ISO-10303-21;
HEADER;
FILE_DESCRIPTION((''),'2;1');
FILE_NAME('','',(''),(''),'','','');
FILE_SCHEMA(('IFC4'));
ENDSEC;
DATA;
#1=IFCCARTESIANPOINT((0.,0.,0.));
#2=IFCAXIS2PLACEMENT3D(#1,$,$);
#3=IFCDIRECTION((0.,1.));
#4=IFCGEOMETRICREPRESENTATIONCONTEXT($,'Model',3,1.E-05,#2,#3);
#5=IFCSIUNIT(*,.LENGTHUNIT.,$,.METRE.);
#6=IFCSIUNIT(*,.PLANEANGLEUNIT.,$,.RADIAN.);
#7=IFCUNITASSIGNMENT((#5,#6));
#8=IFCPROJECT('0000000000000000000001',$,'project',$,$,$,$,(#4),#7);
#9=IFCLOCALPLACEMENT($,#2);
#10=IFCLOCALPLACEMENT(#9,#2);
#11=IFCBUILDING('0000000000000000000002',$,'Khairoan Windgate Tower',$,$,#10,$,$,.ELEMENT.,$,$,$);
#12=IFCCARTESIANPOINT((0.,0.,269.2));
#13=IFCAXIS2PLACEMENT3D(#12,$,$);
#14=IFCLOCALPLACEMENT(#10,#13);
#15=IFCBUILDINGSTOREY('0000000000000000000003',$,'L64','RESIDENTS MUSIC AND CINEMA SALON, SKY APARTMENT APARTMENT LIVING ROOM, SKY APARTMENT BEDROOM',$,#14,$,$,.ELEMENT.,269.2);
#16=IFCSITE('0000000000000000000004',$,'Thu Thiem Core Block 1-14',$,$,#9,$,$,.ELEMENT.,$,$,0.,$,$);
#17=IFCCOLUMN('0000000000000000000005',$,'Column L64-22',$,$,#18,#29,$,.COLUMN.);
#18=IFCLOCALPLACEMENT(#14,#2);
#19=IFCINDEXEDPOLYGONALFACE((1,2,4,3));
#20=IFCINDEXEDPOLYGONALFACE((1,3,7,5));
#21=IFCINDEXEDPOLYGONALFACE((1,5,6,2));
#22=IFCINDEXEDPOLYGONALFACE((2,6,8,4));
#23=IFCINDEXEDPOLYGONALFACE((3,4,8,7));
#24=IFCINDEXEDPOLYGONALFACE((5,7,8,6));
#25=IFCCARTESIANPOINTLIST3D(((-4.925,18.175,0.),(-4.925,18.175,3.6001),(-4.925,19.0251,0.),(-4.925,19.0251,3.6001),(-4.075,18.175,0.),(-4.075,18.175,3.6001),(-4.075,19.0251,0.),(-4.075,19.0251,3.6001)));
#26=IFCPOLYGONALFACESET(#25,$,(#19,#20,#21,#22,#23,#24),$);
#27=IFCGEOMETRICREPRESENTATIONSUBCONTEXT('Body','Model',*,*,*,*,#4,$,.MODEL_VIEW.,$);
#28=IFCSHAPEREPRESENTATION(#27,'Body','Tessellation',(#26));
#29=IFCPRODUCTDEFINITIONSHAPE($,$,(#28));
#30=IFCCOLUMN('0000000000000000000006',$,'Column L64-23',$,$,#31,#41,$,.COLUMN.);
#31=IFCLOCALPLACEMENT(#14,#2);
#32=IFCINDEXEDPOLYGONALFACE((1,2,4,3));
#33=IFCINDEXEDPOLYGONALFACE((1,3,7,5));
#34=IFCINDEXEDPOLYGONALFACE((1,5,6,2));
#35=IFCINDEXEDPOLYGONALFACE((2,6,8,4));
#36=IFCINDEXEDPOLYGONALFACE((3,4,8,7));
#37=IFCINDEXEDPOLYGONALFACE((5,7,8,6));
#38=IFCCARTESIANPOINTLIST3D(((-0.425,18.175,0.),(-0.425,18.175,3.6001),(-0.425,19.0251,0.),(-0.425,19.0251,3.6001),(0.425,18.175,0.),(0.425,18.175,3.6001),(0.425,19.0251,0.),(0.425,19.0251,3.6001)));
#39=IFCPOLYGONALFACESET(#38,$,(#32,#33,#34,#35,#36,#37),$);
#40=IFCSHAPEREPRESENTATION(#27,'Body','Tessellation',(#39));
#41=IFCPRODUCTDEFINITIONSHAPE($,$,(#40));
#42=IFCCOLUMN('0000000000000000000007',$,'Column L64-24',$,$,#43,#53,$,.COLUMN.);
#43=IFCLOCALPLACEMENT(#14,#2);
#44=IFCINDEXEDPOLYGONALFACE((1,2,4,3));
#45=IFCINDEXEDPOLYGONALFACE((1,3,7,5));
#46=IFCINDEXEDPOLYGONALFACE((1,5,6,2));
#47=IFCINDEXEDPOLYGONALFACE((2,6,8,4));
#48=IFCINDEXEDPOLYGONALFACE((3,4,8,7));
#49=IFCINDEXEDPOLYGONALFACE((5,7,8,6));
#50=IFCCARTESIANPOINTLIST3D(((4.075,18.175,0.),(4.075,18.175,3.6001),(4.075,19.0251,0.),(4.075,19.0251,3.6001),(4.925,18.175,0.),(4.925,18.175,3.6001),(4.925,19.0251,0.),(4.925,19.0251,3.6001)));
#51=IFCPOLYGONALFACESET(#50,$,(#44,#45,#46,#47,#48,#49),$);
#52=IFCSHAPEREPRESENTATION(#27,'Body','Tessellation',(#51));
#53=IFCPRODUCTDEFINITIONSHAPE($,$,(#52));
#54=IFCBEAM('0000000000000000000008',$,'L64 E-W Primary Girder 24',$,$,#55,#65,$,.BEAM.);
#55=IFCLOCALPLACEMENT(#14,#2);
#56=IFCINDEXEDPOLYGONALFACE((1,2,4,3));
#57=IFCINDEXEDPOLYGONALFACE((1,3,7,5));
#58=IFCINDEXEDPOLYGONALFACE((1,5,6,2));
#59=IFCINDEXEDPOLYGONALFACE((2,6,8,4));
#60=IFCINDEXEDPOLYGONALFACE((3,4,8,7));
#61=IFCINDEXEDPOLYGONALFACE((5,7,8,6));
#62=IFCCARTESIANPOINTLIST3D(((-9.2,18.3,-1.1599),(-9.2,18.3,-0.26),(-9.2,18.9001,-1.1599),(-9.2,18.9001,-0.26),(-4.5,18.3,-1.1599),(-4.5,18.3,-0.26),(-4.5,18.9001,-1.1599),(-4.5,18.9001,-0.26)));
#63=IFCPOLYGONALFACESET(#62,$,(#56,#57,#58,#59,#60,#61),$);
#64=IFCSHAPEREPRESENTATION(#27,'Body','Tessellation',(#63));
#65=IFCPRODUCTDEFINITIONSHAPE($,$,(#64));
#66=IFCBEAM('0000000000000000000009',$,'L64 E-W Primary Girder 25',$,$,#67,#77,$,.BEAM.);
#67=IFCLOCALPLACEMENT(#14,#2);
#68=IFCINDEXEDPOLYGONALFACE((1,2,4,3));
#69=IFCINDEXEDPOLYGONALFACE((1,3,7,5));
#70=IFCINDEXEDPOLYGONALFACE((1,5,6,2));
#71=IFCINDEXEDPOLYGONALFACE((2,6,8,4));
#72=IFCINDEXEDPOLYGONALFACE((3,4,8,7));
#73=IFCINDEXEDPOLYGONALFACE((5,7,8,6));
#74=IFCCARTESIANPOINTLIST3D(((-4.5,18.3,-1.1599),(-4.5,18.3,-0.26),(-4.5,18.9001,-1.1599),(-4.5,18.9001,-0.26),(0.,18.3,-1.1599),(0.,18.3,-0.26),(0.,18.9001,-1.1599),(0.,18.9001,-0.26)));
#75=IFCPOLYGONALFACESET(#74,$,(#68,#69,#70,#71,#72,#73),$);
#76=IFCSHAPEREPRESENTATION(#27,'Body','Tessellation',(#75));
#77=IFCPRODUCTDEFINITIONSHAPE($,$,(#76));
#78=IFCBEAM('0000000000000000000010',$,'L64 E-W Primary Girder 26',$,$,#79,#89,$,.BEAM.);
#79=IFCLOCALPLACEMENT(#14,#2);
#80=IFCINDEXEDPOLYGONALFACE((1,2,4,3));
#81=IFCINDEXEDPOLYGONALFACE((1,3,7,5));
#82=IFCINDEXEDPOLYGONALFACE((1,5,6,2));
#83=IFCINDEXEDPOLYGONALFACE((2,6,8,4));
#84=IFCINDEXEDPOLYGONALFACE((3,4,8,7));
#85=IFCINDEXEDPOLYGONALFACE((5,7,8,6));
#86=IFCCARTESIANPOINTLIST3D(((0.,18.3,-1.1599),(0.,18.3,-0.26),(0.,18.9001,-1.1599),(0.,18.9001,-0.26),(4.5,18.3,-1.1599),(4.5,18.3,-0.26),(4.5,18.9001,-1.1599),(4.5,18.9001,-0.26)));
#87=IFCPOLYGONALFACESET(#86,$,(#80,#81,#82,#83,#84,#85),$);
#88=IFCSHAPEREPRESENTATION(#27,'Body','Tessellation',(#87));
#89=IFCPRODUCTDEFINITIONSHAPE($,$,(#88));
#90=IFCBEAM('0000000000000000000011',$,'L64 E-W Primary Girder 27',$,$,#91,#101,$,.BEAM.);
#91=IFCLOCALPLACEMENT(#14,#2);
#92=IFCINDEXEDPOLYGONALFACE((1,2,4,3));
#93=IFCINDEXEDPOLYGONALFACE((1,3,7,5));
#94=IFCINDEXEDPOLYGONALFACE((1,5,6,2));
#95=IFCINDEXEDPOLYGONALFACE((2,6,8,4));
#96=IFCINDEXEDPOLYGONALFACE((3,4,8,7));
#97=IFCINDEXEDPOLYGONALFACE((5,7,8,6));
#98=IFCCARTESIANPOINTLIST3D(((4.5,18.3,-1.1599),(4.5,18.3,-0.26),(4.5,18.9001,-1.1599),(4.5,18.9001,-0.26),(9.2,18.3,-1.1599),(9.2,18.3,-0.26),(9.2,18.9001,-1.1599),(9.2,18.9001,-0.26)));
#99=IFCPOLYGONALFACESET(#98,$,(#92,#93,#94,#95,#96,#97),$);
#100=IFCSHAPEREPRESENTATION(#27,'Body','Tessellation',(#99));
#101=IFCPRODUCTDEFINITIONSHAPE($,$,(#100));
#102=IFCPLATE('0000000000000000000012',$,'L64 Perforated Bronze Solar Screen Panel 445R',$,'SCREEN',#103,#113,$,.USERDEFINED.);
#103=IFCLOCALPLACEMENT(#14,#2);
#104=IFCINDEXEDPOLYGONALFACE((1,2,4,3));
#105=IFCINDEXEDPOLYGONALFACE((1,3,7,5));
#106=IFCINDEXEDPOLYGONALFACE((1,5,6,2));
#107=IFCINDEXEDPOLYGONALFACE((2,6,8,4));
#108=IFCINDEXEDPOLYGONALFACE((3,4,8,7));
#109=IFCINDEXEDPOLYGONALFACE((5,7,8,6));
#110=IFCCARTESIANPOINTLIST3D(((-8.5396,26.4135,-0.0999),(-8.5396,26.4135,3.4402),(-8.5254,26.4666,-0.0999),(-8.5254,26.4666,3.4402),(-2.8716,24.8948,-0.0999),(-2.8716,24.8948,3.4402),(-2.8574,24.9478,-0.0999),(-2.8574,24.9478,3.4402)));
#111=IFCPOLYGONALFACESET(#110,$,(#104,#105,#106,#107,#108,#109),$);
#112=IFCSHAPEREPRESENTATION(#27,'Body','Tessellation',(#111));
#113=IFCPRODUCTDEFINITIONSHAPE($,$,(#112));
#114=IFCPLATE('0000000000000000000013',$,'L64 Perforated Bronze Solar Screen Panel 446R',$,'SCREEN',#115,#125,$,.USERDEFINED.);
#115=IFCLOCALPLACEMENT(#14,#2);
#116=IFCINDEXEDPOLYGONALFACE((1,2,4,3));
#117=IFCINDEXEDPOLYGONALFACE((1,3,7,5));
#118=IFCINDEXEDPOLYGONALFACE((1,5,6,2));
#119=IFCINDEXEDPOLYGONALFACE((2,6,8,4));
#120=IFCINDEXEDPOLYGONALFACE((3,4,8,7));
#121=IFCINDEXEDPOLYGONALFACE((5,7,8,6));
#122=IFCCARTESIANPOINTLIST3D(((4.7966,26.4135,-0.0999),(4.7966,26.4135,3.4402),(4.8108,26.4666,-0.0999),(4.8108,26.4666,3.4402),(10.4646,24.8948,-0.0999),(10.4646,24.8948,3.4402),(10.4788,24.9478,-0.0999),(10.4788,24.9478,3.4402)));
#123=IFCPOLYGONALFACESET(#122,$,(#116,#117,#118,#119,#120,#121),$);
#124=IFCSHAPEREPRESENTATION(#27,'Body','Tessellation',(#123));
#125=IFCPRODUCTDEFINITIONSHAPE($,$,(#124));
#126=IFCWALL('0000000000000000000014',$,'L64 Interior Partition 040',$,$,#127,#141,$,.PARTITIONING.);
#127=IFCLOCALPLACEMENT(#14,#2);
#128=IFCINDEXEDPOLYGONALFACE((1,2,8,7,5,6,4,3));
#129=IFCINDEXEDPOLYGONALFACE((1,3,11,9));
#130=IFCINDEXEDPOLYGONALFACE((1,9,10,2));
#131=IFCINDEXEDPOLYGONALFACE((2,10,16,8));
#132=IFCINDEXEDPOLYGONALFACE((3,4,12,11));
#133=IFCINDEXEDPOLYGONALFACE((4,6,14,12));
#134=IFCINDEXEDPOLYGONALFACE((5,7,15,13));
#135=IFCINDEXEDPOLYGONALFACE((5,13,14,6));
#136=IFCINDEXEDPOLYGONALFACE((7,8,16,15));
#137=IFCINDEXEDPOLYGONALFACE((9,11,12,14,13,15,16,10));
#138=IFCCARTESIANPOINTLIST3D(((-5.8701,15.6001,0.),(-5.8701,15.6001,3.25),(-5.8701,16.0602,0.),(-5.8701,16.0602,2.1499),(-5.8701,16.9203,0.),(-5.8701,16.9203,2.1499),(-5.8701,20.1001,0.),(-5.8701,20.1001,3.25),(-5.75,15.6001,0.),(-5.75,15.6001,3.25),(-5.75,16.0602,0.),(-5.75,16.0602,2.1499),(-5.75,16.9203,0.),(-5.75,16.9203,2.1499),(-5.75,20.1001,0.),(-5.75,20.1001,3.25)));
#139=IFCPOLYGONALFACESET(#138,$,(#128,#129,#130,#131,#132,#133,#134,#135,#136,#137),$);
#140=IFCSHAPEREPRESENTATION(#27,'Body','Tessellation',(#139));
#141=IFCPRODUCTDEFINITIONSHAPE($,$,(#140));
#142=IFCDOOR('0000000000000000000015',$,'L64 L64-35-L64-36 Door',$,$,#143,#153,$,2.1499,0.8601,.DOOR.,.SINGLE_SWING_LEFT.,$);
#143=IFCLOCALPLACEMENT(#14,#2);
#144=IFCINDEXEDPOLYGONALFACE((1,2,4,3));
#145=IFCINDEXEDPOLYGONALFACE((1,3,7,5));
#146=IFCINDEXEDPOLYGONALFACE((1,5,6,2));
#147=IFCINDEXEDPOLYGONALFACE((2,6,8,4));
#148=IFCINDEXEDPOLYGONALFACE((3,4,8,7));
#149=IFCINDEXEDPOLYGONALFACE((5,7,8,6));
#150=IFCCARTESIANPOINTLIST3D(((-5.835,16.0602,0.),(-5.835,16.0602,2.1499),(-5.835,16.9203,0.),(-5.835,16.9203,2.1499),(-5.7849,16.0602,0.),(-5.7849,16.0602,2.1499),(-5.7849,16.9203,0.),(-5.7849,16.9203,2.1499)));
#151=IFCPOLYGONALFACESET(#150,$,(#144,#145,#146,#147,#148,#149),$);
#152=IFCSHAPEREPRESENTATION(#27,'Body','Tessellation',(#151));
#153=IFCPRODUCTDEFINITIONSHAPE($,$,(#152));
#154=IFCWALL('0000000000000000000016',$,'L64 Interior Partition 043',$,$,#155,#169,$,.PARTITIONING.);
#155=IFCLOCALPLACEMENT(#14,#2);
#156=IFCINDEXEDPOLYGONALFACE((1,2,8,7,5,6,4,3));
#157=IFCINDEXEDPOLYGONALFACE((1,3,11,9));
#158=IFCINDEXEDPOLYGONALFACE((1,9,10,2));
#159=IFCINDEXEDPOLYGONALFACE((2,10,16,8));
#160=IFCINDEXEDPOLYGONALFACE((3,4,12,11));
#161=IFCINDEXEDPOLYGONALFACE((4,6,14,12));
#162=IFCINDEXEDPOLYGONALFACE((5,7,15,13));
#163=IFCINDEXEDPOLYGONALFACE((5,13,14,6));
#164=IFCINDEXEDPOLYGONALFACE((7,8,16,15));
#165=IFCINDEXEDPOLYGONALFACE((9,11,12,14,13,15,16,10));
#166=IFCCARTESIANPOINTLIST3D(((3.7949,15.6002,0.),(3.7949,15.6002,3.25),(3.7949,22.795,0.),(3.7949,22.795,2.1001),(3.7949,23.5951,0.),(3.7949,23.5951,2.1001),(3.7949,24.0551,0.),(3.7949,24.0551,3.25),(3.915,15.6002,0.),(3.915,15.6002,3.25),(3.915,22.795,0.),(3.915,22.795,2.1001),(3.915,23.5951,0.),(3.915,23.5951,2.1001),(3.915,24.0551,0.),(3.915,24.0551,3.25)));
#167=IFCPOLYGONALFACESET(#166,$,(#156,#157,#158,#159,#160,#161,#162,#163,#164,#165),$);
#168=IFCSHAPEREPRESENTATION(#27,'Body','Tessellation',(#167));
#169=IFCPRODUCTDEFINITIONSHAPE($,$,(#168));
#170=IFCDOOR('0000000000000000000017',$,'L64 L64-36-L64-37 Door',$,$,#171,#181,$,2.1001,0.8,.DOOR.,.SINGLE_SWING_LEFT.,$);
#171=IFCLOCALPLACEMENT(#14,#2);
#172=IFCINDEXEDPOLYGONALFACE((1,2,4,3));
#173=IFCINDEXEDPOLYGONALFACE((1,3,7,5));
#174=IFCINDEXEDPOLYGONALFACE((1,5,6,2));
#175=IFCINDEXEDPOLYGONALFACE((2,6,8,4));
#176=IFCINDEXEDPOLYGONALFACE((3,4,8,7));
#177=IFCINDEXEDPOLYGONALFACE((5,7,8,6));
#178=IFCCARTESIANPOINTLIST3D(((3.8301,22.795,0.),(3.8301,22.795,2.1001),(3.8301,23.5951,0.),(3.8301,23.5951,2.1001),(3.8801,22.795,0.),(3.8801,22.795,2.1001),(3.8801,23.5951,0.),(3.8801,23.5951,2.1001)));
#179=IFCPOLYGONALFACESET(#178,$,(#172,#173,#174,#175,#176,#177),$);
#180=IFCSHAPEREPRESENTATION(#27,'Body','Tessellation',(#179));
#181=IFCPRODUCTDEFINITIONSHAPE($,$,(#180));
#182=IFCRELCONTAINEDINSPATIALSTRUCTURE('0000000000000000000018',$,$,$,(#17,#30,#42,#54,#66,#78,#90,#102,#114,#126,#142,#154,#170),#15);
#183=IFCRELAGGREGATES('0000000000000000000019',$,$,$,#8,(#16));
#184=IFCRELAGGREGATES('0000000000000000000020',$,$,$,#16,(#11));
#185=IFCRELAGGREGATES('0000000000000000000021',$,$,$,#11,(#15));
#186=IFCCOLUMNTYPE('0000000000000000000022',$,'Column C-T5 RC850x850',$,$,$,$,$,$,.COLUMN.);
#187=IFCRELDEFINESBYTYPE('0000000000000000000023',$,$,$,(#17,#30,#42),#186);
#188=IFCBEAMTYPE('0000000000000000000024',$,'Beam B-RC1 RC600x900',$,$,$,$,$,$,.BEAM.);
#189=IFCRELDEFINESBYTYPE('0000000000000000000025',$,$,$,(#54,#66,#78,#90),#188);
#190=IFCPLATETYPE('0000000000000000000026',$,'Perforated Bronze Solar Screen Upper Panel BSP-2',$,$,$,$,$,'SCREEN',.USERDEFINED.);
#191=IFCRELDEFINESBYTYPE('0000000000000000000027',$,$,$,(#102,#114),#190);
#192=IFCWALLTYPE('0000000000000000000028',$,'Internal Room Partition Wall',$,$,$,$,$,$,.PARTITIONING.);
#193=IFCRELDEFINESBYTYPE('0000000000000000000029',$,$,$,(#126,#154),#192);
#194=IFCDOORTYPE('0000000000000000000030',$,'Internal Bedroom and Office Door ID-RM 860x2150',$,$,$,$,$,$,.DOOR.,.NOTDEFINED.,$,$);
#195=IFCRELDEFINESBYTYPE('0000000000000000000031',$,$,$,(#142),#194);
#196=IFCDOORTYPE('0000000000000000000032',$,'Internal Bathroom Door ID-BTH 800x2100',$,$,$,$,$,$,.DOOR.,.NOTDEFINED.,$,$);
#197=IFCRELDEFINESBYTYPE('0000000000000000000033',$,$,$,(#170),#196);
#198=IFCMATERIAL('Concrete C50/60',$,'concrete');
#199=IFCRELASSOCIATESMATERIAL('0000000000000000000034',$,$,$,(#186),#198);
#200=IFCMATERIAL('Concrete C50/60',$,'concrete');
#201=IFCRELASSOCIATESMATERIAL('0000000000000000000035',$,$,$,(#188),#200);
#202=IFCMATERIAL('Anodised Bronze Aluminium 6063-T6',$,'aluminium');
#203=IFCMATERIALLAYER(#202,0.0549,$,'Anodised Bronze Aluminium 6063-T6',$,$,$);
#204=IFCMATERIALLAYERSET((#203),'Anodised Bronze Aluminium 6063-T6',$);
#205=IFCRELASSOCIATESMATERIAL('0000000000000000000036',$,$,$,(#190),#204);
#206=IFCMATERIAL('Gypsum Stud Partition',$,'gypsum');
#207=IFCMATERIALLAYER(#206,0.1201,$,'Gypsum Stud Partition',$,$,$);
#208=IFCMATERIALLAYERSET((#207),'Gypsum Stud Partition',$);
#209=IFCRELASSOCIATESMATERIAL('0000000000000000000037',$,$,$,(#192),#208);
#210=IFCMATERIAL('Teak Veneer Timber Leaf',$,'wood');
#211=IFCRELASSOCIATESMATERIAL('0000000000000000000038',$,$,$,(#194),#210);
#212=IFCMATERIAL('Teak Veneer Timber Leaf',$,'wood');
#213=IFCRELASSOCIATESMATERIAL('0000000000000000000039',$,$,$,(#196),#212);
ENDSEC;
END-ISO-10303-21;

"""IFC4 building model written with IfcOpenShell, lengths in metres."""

from ifc_helpers import new_model, si_unit, direction, frame, frame_2d, origin, origin_2d, place, context, subcontext, project, spatial, rectangle, extrude, material, layer, layer_set, material_profile, profile_set, type_object, element, fill, save


model = new_model("IFC4")

# Units and contexts
model_context = context("Model", 3, precision=1e-05, world=origin(), true_north=direction((0.0, 1.0)))
body_context = subcontext(model_context, "Body", "Model", "MODEL_VIEW")
ifc_project = project(units=[si_unit("LENGTHUNIT", "METRE"), si_unit("PLANEANGLEUNIT", "RADIAN")], contexts=[model_context])

# Site, building, storey
site_placement = place(None, origin())
site = spatial("IfcSite", under=ifc_project, at=site_placement, Name="Thu Thiem Core Block 1-14", CompositionType="ELEMENT", RefElevation=0.0)
building_placement = place(site_placement, origin())
building = spatial("IfcBuilding", under=site, at=building_placement, Name="Khairoan Windgate Tower", CompositionType="ELEMENT")
storey_placement = place(building_placement, frame((0.0, 0.0, 269.2)))
storey = spatial("IfcBuildingStorey", under=building, at=storey_placement, Name="L64", Description="RESIDENTS MUSIC AND CINEMA SALON, SKY APARTMENT APARTMENT LIVING ROOM, SKY APARTMENT BEDROOM", CompositionType="ELEMENT", Elevation=269.2)

# Columns
ifc_material_1 = material(Name="Concrete C50/60", Category="concrete")
ifc_material_profile_1 = material_profile(ifc_material_1, rectangle(XDim=0.8501, YDim=0.8501, at=origin_2d()))
ifc_profile_set_1 = profile_set([ifc_material_profile_1], Name="Concrete C50/60")
column_type = type_object("IfcColumnType", Name="Column C-T5 RC850x850", PredefinedType="COLUMN", material=ifc_profile_set_1)
for number, where, z_axis, x_axis, name in (
    (1, (-4.5, 18.6001, 0.0), (0.0, 0.0, 1.0), (1.0, 0.0, 0.0), "Column L64-22"),
    (2, (0.0, 18.6001, 0.0), (0.0, 0.0, 1.0), (1.0, 0.0, 0.0), "Column L64-23"),
    (3, (4.5, 18.6001, 0.0), (0.0, 0.0, 1.0), (1.0, 0.0, 0.0), "Column L64-24"),
):
    element("IfcColumn", number, at=place(storey_placement, frame(where, z_axis=z_axis, x_axis=x_axis)), inside=storey, type_object=column_type, Name=name, PredefinedType="COLUMN", context=body_context, shape_type="SweptSolid", body=[
        extrude(rectangle(XDim=0.8501, YDim=0.8501, at=origin_2d()), origin(), (0.0, 0.0, 1.0), 3.6001),
    ])

# Beams
ifc_material_2 = material(Name="Concrete C50/60", Category="concrete")
ifc_material_profile_2 = material_profile(ifc_material_2, rectangle(XDim=0.6001, YDim=0.8999, at=origin_2d()))
ifc_profile_set_2 = profile_set([ifc_material_profile_2], Name="Concrete C50/60")
beam_type = type_object("IfcBeamType", Name="Beam B-RC1 RC600x900", PredefinedType="BEAM", material=ifc_profile_set_2)
beam_1_placement = place(storey_placement, frame((-9.2, 18.6001, -0.71), z_axis=(1.0, 0.0, 0.0), x_axis=(0.0, 1.0, 0.0)))
element("IfcBeam", 4, at=beam_1_placement, inside=storey, type_object=beam_type, Name="L64 E-W Primary Girder 24", PredefinedType="BEAM", context=body_context, shape_type="SweptSolid", body=[
    extrude(rectangle(XDim=0.6001, YDim=0.8999, at=origin_2d()), origin(), (0.0, 0.0, 1.0), 4.7),
])
for number, where, z_axis, x_axis, name in (
    (5, (-4.5, 18.6001, -0.71), (1.0, 0.0, 0.0), (0.0, 1.0, 0.0), "L64 E-W Primary Girder 25"),
    (6, (0.0, 18.6001, -0.71), (1.0, 0.0, 0.0), (0.0, 1.0, 0.0), "L64 E-W Primary Girder 26"),
):
    element("IfcBeam", number, at=place(storey_placement, frame(where, z_axis=z_axis, x_axis=x_axis)), inside=storey, type_object=beam_type, Name=name, PredefinedType="BEAM", context=body_context, shape_type="SweptSolid", body=[
        extrude(rectangle(XDim=0.6001, YDim=0.8999, at=origin_2d()), origin(), (0.0, 0.0, 1.0), 4.5),
    ])
beam_2_placement = place(storey_placement, frame((4.5, 18.6001, -0.71), z_axis=(1.0, 0.0, 0.0), x_axis=(0.0, 1.0, 0.0)))
element("IfcBeam", 7, at=beam_2_placement, inside=storey, type_object=beam_type, Name="L64 E-W Primary Girder 27", PredefinedType="BEAM", context=body_context, shape_type="SweptSolid", body=[
    extrude(rectangle(XDim=0.6001, YDim=0.8999, at=origin_2d()), origin(), (0.0, 0.0, 1.0), 4.7),
])

# Plates
ifc_material_3 = material(Name="Anodised Bronze Aluminium 6063-T6", Category="aluminium")
ifc_layer_1 = layer(ifc_material_3, 0.0549, Name="Anodised Bronze Aluminium 6063-T6")
ifc_layer_set_1 = layer_set([ifc_layer_1], Name="Anodised Bronze Aluminium 6063-T6")
plate_type = type_object("IfcPlateType", Name="Perforated Bronze Solar Screen Upper Panel BSP-2", ElementType="SCREEN", PredefinedType="USERDEFINED", material=ifc_layer_set_1)
for number, where, z_axis, x_axis, name in (
    (8, (-5.6985, 25.6807, -0.0999), (0.0, 0.0, 1.0), (0.965926, -0.258819, 0.0), "L64 Perforated Bronze Solar Screen Panel 445R"),
    (9, (7.6377, 25.6807, -0.0999), (0.0, 0.0, 1.0), (0.965926, -0.258819, 0.0), "L64 Perforated Bronze Solar Screen Panel 446R"),
):
    element("IfcPlate", number, at=place(storey_placement, frame(where, z_axis=z_axis, x_axis=x_axis)), inside=storey, type_object=plate_type, Name=name, ObjectType="SCREEN", PredefinedType="USERDEFINED", context=body_context, shape_type="SweptSolid", body=[
        extrude(rectangle(XDim=5.8679, YDim=0.0549, at=origin_2d()), origin(), (0.0, 0.0, 1.0), 3.54),
    ])

# Walls, openings, doors
ifc_material_4 = material(Name="Gypsum Stud Partition", Category="gypsum")
ifc_layer_2 = layer(ifc_material_4, 0.1201, Name="Gypsum Stud Partition")
ifc_layer_set_2 = layer_set([ifc_layer_2], Name="Gypsum Stud Partition")
wall_type_1 = type_object("IfcWallType", Name="Internal Room Partition Wall", PredefinedType="PARTITIONING", material=ifc_layer_set_2)
wall_1_placement = place(storey_placement, frame((-5.8101, 15.6001, 0.0), z_axis=(0.0, 0.0, 1.0), x_axis=(0.0, 1.0, 0.0)))
wall_1 = element("IfcWall", 10, at=wall_1_placement, inside=storey, type_object=wall_type_1, Name="L64 Interior Partition 040", PredefinedType="PARTITIONING", context=body_context, shape_type="SweptSolid", body=[
    extrude(rectangle(XDim=4.5, YDim=0.1201, at=frame_2d((2.25, 0.0))), origin(), (0.0, 0.0, 1.0), 3.25),
])
opening_1_placement = place(wall_1_placement, frame((0.46, 0.0, 0.0)))
opening_1 = element("IfcOpeningElement", 11, at=opening_1_placement, cuts=wall_1, PredefinedType="OPENING", context=body_context, shape_type="SweptSolid", body=[
    extrude(rectangle(XDim=0.8601, YDim=2.1499, at=frame_2d((0.4302, 1.075))), frame((0.0, 0.0701, 0.0), z_axis=(0.0, -1.0, 0.0), x_axis=(1.0, 0.0, 0.0)), (0.0, 0.0, 1.0), 0.1401),
])
ifc_material_5 = material(Name="Teak Veneer Timber Leaf", Category="wood")
door_type_1 = type_object("IfcDoorType", Name="Internal Bedroom and Office Door ID-RM 860x2150", OperationType="NOTDEFINED", PredefinedType="DOOR", material=ifc_material_5)
door_1_placement = place(opening_1_placement, origin())
door_1 = element("IfcDoor", 12, at=door_1_placement, inside=storey, type_object=door_type_1, Name="L64 L64-35-L64-36 Door", OperationType="SINGLE_SWING_LEFT", OverallHeight=2.1499, OverallWidth=0.8601, PredefinedType="DOOR", context=body_context, shape_type="SweptSolid", body=[
    extrude(rectangle(XDim=0.8601, YDim=2.1499, at=frame_2d((0.4302, 1.075))), frame((0.0, 0.0249, 0.0), z_axis=(0.0, -1.0, 0.0), x_axis=(1.0, 0.0, 0.0)), (0.0, 0.0, 1.0), 0.05),
])
fill(opening_1, door_1)
wall_2_placement = place(storey_placement, frame((3.855, 15.6001, 0.0), z_axis=(0.0, 0.0, 1.0), x_axis=(0.0, 1.0, 0.0)))
wall_2 = element("IfcWall", 13, at=wall_2_placement, inside=storey, type_object=wall_type_1, Name="L64 Interior Partition 043", PredefinedType="PARTITIONING", context=body_context, shape_type="SweptSolid", body=[
    extrude(rectangle(XDim=8.4548, YDim=0.1201, at=frame_2d((4.2275, 0.0))), origin(), (0.0, 0.0, 1.0), 3.25),
])
opening_2_placement = place(wall_2_placement, frame((7.1951, 0.0, 0.0)))
opening_2 = element("IfcOpeningElement", 14, at=opening_2_placement, cuts=wall_2, PredefinedType="OPENING", context=body_context, shape_type="SweptSolid", body=[
    extrude(rectangle(XDim=0.8, YDim=2.1001, at=frame_2d((0.3999, 1.05))), frame((0.0, 0.0701, 0.0), z_axis=(0.0, -1.0, 0.0), x_axis=(1.0, 0.0, 0.0)), (0.0, 0.0, 1.0), 0.1401),
])
ifc_material_6 = material(Name="Teak Veneer Timber Leaf", Category="wood")
door_type_2 = type_object("IfcDoorType", Name="Internal Bathroom Door ID-BTH 800x2100", OperationType="NOTDEFINED", PredefinedType="DOOR", material=ifc_material_6)
door_2_placement = place(opening_2_placement, origin())
door_2 = element("IfcDoor", 15, at=door_2_placement, inside=storey, type_object=door_type_2, Name="L64 L64-36-L64-37 Door", OperationType="SINGLE_SWING_LEFT", OverallHeight=2.1001, OverallWidth=0.8, PredefinedType="DOOR", context=body_context, shape_type="SweptSolid", body=[
    extrude(rectangle(XDim=0.8, YDim=2.1001, at=frame_2d((0.3999, 1.05))), frame((0.0, 0.0249, 0.0), z_axis=(0.0, -1.0, 0.0), x_axis=(1.0, 0.0, 0.0)), (0.0, 0.0, 1.0), 0.05),
])
fill(opening_2, door_2)

save(model, "model.ifc")
